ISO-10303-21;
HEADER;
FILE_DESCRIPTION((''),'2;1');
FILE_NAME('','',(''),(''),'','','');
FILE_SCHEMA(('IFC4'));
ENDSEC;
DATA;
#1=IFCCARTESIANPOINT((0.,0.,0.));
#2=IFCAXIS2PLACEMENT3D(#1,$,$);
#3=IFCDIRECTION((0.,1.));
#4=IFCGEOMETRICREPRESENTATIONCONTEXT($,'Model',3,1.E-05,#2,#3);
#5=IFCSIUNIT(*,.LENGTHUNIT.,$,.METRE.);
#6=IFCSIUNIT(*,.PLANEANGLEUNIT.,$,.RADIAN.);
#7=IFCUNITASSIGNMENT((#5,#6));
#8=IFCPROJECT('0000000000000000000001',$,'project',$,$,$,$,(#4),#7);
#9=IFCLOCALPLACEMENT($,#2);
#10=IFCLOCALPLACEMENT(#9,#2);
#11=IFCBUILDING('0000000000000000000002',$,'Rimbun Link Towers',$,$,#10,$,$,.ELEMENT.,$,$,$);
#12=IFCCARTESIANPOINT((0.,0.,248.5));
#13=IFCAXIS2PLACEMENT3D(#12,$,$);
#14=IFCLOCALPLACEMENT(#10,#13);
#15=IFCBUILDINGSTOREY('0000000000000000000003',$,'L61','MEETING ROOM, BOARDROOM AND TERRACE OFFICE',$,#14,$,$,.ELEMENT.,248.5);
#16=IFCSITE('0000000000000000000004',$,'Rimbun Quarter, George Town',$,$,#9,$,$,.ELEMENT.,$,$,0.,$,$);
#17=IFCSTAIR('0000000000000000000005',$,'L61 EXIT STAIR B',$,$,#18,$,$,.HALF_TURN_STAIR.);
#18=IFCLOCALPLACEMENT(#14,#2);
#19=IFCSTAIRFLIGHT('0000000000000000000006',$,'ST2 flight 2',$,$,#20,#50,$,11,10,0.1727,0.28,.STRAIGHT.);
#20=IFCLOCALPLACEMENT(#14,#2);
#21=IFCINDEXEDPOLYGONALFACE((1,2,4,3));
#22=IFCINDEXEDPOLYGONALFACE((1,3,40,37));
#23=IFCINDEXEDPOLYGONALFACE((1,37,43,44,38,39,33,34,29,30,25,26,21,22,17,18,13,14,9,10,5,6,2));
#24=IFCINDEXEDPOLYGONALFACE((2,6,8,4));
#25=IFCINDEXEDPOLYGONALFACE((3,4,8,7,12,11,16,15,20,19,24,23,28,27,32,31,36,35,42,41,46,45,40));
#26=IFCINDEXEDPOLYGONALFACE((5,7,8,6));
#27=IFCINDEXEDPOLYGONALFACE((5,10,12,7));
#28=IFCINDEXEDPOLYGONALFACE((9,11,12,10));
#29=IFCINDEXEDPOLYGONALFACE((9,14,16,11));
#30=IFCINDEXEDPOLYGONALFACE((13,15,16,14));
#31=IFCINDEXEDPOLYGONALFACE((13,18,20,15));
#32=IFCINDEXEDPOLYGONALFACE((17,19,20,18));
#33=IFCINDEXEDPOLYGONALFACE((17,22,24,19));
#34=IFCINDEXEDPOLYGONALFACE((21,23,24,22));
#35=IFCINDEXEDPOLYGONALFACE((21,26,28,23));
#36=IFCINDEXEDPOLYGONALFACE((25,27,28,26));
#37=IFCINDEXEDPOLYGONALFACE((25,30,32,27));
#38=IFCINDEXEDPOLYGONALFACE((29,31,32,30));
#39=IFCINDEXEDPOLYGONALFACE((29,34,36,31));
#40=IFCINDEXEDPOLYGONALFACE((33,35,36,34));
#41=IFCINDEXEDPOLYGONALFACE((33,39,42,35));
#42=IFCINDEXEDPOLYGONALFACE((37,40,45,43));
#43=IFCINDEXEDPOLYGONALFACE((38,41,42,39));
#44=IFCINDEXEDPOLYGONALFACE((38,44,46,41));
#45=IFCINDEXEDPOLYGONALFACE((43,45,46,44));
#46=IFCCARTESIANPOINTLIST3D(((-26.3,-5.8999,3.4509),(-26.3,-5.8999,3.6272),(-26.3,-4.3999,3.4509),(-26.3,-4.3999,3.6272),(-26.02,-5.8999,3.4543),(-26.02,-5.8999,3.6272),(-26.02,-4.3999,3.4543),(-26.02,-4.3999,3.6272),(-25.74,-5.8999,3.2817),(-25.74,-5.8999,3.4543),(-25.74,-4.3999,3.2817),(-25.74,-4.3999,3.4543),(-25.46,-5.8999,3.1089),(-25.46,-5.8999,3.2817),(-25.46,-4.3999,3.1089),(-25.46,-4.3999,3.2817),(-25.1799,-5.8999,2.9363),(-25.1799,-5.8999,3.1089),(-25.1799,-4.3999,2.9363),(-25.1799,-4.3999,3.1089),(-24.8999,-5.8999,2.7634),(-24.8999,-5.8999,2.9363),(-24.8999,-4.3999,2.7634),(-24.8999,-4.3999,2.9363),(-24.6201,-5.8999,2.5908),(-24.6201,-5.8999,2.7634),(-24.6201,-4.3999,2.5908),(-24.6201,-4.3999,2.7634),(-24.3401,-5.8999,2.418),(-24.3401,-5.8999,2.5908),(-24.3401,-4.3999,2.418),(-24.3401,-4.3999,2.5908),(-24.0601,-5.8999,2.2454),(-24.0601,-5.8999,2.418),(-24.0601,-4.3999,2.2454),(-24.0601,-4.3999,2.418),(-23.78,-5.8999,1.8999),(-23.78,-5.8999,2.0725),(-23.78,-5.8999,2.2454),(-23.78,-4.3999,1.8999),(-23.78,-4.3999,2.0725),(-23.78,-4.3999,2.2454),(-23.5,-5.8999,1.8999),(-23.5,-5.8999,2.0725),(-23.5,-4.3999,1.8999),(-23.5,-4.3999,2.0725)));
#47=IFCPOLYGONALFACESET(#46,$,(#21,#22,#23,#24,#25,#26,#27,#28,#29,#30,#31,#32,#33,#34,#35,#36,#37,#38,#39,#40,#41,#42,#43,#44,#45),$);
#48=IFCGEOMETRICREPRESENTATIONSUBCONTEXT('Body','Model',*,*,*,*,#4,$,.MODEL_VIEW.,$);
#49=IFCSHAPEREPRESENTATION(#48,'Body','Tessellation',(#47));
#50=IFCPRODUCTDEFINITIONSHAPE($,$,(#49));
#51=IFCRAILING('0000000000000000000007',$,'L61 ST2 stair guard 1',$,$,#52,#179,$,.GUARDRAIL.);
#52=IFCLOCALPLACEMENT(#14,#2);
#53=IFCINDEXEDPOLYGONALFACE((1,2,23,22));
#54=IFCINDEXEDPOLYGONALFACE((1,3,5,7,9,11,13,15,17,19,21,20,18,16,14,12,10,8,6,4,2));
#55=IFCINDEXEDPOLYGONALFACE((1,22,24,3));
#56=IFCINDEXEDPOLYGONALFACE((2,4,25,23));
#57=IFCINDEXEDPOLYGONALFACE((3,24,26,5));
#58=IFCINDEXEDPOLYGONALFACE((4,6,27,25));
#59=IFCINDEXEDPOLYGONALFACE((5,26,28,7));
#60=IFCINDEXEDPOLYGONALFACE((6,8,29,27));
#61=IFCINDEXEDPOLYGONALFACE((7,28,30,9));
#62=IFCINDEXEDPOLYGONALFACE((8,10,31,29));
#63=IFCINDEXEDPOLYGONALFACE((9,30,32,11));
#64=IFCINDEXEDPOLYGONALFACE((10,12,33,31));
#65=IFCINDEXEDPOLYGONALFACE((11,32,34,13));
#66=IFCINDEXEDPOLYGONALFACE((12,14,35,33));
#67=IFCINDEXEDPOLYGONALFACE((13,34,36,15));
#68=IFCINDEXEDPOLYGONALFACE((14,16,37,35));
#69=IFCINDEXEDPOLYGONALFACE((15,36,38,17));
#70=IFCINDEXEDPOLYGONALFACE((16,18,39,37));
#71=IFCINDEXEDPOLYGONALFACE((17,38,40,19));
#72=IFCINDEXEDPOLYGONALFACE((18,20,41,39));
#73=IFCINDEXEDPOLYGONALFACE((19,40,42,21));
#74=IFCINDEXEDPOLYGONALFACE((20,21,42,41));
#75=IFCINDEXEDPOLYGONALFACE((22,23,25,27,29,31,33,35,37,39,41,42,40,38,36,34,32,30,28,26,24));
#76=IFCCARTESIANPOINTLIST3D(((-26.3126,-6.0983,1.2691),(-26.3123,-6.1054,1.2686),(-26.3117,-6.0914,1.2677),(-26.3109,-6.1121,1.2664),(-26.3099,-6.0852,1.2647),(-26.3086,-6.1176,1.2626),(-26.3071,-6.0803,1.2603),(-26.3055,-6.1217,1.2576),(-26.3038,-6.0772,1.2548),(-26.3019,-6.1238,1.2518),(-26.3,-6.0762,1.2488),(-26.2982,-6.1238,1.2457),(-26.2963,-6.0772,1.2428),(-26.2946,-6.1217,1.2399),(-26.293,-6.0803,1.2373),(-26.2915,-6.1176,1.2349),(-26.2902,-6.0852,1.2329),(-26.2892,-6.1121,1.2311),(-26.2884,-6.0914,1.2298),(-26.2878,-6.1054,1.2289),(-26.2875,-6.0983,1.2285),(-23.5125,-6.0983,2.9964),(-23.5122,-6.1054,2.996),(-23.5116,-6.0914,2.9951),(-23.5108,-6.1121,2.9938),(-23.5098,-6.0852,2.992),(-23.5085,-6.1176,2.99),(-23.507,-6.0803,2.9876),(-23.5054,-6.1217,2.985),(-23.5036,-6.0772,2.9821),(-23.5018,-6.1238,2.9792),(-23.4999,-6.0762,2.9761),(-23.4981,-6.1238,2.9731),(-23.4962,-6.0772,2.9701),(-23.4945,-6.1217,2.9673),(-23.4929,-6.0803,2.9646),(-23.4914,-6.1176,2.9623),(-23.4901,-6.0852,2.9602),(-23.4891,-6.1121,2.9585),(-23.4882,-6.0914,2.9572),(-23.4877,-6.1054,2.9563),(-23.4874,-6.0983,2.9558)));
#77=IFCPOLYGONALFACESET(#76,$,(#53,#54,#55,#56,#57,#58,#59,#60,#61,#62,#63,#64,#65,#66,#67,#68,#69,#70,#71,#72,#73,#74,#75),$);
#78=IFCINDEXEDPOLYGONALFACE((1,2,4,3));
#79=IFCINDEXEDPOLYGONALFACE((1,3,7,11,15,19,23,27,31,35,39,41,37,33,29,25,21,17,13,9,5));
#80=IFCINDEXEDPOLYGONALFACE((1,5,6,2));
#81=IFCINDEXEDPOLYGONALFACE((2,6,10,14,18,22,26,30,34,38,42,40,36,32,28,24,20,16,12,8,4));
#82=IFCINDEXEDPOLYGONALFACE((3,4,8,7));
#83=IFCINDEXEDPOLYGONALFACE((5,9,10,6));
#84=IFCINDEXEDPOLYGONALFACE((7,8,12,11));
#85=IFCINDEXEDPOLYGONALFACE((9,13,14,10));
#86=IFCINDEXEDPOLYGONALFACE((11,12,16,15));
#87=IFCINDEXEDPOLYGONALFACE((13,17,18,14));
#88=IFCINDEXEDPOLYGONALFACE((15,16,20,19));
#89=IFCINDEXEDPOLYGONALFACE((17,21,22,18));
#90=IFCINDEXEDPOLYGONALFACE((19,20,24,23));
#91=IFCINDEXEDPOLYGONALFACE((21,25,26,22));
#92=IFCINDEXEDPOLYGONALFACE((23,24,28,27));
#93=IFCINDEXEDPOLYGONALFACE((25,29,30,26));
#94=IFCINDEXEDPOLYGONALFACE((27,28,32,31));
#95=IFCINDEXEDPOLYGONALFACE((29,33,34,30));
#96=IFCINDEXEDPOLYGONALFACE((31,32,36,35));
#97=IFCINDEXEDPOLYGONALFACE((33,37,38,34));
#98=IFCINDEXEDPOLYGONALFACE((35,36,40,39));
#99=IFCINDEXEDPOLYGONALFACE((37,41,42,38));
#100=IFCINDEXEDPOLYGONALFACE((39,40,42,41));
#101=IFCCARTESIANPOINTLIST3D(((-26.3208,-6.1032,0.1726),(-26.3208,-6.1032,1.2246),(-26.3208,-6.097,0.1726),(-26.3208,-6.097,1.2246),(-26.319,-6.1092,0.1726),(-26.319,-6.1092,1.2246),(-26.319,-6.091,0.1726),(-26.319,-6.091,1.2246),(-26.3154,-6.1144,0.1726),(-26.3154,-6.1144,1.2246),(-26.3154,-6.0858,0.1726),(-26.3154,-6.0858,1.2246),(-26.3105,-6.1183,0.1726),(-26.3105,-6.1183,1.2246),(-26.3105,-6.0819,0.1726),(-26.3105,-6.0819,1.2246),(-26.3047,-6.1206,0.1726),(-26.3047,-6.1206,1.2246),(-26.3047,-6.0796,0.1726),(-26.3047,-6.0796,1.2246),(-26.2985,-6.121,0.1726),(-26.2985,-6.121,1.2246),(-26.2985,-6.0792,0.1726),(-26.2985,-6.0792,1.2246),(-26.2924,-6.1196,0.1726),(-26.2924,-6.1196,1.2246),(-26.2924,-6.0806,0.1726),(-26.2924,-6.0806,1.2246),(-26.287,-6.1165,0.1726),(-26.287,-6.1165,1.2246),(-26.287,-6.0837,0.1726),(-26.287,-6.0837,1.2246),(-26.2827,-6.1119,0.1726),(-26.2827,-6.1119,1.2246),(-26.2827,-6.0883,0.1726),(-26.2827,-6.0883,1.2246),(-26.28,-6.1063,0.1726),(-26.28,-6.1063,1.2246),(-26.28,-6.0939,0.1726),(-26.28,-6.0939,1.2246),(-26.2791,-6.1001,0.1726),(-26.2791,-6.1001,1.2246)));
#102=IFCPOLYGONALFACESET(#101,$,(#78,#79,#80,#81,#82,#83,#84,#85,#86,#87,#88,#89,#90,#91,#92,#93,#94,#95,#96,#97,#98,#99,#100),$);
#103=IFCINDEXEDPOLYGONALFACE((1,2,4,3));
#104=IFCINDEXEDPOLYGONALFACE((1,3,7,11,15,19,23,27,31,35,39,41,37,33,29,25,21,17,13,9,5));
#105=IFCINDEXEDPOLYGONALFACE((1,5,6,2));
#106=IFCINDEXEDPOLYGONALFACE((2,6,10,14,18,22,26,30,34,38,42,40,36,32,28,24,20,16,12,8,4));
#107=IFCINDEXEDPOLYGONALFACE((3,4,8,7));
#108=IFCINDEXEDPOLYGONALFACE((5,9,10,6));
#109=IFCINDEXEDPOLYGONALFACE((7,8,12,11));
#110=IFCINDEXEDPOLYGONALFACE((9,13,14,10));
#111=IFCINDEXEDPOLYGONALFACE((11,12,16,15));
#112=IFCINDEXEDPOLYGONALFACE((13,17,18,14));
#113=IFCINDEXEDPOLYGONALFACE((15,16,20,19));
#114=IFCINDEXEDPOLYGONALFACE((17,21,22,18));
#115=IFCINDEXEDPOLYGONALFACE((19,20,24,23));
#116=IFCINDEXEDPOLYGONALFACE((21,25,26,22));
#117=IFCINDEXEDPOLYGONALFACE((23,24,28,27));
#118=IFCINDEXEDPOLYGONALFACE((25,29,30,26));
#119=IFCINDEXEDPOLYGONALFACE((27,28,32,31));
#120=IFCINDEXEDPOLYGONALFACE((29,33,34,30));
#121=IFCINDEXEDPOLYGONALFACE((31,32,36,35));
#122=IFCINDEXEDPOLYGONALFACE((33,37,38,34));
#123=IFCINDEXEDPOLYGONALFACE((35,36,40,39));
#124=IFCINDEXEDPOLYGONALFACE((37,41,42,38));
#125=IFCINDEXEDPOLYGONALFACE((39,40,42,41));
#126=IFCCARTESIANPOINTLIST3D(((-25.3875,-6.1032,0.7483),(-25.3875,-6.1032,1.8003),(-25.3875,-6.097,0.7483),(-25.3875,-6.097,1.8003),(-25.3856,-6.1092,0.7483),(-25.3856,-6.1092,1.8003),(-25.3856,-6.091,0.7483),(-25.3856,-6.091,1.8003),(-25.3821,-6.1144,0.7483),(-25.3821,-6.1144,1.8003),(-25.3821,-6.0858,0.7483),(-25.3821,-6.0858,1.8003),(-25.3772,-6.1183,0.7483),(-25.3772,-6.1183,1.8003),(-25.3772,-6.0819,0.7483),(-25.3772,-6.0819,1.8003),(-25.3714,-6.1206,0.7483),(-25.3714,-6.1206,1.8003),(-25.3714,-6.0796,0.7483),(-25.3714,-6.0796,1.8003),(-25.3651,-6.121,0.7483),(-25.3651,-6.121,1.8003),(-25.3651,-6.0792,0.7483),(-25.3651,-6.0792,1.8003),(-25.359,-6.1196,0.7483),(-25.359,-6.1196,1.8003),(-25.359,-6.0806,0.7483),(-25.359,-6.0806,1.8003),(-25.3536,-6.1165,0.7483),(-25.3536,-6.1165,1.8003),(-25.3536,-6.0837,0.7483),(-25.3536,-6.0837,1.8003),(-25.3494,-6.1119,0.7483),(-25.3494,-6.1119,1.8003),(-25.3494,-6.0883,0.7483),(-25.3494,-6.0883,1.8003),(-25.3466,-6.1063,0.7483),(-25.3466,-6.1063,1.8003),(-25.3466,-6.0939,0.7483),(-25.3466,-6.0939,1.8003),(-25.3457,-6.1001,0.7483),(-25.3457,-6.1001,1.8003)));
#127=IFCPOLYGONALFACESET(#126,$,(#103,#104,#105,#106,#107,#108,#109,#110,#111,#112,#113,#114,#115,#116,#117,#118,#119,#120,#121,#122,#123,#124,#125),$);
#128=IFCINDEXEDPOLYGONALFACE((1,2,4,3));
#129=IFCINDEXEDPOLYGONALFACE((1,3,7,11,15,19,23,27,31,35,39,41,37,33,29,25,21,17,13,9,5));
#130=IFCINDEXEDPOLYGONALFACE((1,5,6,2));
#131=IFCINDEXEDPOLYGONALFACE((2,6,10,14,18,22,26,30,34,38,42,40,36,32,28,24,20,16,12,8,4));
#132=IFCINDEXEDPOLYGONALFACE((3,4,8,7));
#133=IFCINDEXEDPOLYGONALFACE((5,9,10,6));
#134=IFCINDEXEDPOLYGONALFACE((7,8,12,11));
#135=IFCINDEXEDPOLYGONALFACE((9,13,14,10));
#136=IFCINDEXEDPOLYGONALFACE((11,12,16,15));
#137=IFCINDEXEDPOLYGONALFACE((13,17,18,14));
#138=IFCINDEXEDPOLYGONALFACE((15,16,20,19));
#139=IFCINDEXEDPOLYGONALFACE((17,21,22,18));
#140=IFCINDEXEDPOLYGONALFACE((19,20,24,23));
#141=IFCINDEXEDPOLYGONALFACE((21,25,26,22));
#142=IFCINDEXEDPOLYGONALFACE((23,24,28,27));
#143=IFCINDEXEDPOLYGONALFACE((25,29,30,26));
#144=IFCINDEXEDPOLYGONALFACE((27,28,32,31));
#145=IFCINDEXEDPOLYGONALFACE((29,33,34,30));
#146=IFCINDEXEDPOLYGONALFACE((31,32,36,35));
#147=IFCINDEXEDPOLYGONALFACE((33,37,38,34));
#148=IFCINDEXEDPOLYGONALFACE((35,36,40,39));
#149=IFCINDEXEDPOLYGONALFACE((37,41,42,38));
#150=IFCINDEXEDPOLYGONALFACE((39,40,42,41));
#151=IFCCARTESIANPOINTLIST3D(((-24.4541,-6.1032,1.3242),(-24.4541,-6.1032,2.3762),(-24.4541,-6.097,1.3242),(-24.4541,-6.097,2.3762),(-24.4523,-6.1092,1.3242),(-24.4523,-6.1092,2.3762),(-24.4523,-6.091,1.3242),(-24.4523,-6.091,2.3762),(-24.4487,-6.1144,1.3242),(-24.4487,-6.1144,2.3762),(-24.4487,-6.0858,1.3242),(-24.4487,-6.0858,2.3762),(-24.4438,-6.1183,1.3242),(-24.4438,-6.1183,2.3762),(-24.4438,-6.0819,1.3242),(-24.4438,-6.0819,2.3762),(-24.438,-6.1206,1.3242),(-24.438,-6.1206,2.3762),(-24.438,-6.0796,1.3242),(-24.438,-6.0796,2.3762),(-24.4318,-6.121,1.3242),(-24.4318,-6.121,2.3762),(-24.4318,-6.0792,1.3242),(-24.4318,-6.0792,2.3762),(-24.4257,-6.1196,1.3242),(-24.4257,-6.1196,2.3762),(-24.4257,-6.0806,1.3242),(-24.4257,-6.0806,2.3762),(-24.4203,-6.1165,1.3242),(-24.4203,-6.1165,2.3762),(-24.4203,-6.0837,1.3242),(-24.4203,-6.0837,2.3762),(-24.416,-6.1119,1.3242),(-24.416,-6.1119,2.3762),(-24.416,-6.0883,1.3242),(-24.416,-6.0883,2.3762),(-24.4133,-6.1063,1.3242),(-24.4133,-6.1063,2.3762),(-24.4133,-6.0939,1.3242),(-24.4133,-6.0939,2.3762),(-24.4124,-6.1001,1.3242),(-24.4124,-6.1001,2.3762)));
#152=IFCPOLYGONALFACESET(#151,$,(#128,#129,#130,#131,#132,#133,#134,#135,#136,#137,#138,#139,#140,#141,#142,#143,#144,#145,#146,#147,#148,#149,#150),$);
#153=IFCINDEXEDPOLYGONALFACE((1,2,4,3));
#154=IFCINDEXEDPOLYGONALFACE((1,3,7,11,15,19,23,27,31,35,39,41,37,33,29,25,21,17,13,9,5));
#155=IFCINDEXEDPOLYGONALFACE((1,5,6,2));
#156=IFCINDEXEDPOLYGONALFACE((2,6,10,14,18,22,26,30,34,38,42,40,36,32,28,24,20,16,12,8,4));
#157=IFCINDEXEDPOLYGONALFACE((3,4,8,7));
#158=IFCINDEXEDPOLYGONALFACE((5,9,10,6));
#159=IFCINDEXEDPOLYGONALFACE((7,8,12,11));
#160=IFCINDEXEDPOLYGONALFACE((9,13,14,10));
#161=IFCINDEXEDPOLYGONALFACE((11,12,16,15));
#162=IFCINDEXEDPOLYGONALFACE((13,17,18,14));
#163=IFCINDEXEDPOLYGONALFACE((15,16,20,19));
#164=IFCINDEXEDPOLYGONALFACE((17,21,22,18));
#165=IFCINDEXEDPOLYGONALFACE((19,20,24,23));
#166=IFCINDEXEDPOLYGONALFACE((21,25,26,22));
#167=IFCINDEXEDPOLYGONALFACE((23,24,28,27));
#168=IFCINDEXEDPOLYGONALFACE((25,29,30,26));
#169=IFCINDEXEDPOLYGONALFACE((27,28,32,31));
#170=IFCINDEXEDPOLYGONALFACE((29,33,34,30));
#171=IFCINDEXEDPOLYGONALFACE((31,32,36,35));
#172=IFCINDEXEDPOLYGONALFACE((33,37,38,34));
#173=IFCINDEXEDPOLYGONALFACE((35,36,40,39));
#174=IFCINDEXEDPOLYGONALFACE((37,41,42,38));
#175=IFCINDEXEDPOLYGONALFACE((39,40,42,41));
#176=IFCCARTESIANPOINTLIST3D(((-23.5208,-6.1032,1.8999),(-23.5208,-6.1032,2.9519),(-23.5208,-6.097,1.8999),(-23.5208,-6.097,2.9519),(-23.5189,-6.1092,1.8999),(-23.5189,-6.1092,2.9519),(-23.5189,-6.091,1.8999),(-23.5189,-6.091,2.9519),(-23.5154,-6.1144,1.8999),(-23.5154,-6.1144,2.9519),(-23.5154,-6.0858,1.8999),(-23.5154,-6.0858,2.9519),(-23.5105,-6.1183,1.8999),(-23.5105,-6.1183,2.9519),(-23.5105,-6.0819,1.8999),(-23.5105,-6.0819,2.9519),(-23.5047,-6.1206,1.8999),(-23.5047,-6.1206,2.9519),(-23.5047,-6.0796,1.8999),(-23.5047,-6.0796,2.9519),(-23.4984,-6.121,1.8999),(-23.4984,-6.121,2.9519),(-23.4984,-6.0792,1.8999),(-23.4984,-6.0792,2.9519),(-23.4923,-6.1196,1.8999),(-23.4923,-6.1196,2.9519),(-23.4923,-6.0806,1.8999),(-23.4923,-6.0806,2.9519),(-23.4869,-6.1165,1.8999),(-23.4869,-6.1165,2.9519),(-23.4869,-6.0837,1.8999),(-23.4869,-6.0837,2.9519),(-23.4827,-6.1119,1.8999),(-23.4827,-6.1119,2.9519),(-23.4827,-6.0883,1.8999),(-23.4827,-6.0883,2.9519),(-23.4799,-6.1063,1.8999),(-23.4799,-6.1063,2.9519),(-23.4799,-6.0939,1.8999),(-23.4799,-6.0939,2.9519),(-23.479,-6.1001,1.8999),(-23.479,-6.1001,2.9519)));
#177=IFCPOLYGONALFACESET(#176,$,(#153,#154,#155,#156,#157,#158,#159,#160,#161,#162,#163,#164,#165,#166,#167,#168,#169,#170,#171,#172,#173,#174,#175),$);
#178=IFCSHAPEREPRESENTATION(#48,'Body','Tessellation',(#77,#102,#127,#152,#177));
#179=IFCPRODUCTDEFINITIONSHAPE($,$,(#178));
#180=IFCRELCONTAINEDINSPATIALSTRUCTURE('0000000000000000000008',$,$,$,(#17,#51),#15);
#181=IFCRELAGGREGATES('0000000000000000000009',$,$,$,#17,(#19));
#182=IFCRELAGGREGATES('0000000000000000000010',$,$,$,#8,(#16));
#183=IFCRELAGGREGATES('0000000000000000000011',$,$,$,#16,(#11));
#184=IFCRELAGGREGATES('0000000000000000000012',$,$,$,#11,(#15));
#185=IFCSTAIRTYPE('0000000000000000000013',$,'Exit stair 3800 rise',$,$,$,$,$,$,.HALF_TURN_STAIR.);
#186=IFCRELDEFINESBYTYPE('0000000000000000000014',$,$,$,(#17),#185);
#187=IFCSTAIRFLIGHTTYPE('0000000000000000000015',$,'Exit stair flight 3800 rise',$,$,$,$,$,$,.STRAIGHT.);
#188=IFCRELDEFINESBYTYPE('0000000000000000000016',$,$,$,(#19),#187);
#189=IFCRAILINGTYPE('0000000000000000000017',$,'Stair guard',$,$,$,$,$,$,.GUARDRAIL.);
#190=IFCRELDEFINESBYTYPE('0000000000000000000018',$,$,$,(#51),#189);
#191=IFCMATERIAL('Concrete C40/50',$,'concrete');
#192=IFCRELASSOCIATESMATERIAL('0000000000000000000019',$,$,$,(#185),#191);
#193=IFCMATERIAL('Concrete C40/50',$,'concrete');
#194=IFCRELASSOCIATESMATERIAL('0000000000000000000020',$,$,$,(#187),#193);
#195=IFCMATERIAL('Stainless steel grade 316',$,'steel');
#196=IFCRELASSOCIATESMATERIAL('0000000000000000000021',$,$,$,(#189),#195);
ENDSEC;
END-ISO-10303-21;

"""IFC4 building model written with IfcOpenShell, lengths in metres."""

from ifc_helpers import new_model, si_unit, direction, frame, origin, origin_2d, place, context, subcontext, project, spatial, polyline, circle, outline, extrude, material, type_object, element, aggregate, save


model = new_model("IFC4")

# Units and contexts
model_context = context("Model", 3, precision=1e-05, world=origin(), true_north=direction((0.0, 1.0)))
body_context = subcontext(model_context, "Body", "Model", "MODEL_VIEW")
ifc_project = project(units=[si_unit("LENGTHUNIT", "METRE"), si_unit("PLANEANGLEUNIT", "RADIAN")], contexts=[model_context])

# Site, building, storey
site_placement = place(None, origin())
site = spatial("IfcSite", under=ifc_project, at=site_placement, Name="Rimbun Quarter, George Town", CompositionType="ELEMENT", RefElevation=0.0)
building_placement = place(site_placement, origin())
building = spatial("IfcBuilding", under=site, at=building_placement, Name="Rimbun Link Towers", CompositionType="ELEMENT")
storey_placement = place(building_placement, frame((0.0, 0.0, 248.5)))
storey = spatial("IfcBuildingStorey", under=building, at=storey_placement, Name="L61", Description="MEETING ROOM, BOARDROOM AND TERRACE OFFICE", CompositionType="ELEMENT", Elevation=248.5)

# Stair, stair flight
ifc_material_1 = material(Name="Concrete C40/50", Category="concrete")
stair_type = type_object("IfcStairType", Name="Exit stair 3800 rise", PredefinedType="HALF_TURN_STAIR", material=ifc_material_1)
stair_placement = place(storey_placement, origin())
stair = element("IfcStair", 1, at=stair_placement, inside=storey, type_object=stair_type, Name="L61 EXIT STAIR B", PredefinedType="HALF_TURN_STAIR")
ifc_material_2 = material(Name="Concrete C40/50", Category="concrete")
stair_flight_type = type_object("IfcStairFlightType", Name="Exit stair flight 3800 rise", PredefinedType="STRAIGHT", material=ifc_material_2)
stair_flight_1_placement = place(storey_placement, frame((-23.5, -5.1499, 1.8999), z_axis=(0.0, 0.0, 1.0), x_axis=(-1.0, 0.0, 0.0)))
stair_flight_1 = element("IfcStairFlight", 2, at=stair_flight_1_placement, type_object=stair_flight_type, Name="ST2 flight 2", NumberOfRisers=11, NumberOfTreads=10, PredefinedType="STRAIGHT", RiserHeight=0.1727, TreadLength=0.28, context=body_context, shape_type="SweptSolid", body=[
    extrude(outline(polyline([(0.0, 0.0), (0.0, 0.1726), (0.28, 0.1726), (0.28, 0.3455), (0.5601, 0.3455), (0.5601, 0.5181), (0.8401, 0.5181), (0.8401, 0.6909), (1.1201, 0.6909), (1.1201, 0.8635), (1.3999, 0.8635), (1.3999, 1.0364), (1.6799, 1.0364), (1.6799, 1.209), (1.96, 1.209), (1.96, 1.3818), (2.24, 1.3818), (2.24, 1.5544), (2.52, 1.5544), (2.52, 1.7273), (2.8, 1.7273), (2.8, 1.8999), (2.8, 1.551), (0.28, 0.0), (0.0, 0.0)])), frame((0.0, 0.75, 0.0), z_axis=(0.0, -1.0, 0.0), x_axis=(1.0, 0.0, 0.0)), (0.0, 0.0, 1.0), 1.5),
])
aggregate(stair, [stair_flight_1])

# Railing
ifc_material_3 = material(Name="Stainless steel grade 316", Category="steel")
railing_type_1 = type_object("IfcRailingType", Name="Stair guard", PredefinedType="GUARDRAIL", material=ifc_material_3)
railing_1_placement = place(storey_placement, frame((-26.3, -6.1001, 0.1726)))
element("IfcRailing", 3, at=railing_1_placement, inside=storey, type_object=railing_type_1, Name="L61 ST2 stair guard 1", PredefinedType="GUARDRAIL", context=body_context, shape_type="SweptSolid", body=[
    extrude(circle(Radius=0.0239, at=origin_2d()), frame((0.0, 0.0, 1.0762), z_axis=(0.85109, 0.0, 0.52502), x_axis=(0.0, 1.0, 0.0)), (0.0, 0.0, 1.0), 3.29),
    extrude(circle(Radius=0.021, at=origin_2d()), origin(), (0.0, 0.0, 1.0), 1.052),
    extrude(circle(Radius=0.021, at=origin_2d()), frame((0.9333, 0.0, 0.5757)), (0.0, 0.0, 1.0), 1.052),
    extrude(circle(Radius=0.021, at=origin_2d()), frame((1.8667, 0.0, 1.1516)), (0.0, 0.0, 1.0), 1.052),
    extrude(circle(Radius=0.021, at=origin_2d()), frame((2.8, 0.0, 1.7273)), (0.0, 0.0, 1.0), 1.052),
])

save(model, "model.ifc")
